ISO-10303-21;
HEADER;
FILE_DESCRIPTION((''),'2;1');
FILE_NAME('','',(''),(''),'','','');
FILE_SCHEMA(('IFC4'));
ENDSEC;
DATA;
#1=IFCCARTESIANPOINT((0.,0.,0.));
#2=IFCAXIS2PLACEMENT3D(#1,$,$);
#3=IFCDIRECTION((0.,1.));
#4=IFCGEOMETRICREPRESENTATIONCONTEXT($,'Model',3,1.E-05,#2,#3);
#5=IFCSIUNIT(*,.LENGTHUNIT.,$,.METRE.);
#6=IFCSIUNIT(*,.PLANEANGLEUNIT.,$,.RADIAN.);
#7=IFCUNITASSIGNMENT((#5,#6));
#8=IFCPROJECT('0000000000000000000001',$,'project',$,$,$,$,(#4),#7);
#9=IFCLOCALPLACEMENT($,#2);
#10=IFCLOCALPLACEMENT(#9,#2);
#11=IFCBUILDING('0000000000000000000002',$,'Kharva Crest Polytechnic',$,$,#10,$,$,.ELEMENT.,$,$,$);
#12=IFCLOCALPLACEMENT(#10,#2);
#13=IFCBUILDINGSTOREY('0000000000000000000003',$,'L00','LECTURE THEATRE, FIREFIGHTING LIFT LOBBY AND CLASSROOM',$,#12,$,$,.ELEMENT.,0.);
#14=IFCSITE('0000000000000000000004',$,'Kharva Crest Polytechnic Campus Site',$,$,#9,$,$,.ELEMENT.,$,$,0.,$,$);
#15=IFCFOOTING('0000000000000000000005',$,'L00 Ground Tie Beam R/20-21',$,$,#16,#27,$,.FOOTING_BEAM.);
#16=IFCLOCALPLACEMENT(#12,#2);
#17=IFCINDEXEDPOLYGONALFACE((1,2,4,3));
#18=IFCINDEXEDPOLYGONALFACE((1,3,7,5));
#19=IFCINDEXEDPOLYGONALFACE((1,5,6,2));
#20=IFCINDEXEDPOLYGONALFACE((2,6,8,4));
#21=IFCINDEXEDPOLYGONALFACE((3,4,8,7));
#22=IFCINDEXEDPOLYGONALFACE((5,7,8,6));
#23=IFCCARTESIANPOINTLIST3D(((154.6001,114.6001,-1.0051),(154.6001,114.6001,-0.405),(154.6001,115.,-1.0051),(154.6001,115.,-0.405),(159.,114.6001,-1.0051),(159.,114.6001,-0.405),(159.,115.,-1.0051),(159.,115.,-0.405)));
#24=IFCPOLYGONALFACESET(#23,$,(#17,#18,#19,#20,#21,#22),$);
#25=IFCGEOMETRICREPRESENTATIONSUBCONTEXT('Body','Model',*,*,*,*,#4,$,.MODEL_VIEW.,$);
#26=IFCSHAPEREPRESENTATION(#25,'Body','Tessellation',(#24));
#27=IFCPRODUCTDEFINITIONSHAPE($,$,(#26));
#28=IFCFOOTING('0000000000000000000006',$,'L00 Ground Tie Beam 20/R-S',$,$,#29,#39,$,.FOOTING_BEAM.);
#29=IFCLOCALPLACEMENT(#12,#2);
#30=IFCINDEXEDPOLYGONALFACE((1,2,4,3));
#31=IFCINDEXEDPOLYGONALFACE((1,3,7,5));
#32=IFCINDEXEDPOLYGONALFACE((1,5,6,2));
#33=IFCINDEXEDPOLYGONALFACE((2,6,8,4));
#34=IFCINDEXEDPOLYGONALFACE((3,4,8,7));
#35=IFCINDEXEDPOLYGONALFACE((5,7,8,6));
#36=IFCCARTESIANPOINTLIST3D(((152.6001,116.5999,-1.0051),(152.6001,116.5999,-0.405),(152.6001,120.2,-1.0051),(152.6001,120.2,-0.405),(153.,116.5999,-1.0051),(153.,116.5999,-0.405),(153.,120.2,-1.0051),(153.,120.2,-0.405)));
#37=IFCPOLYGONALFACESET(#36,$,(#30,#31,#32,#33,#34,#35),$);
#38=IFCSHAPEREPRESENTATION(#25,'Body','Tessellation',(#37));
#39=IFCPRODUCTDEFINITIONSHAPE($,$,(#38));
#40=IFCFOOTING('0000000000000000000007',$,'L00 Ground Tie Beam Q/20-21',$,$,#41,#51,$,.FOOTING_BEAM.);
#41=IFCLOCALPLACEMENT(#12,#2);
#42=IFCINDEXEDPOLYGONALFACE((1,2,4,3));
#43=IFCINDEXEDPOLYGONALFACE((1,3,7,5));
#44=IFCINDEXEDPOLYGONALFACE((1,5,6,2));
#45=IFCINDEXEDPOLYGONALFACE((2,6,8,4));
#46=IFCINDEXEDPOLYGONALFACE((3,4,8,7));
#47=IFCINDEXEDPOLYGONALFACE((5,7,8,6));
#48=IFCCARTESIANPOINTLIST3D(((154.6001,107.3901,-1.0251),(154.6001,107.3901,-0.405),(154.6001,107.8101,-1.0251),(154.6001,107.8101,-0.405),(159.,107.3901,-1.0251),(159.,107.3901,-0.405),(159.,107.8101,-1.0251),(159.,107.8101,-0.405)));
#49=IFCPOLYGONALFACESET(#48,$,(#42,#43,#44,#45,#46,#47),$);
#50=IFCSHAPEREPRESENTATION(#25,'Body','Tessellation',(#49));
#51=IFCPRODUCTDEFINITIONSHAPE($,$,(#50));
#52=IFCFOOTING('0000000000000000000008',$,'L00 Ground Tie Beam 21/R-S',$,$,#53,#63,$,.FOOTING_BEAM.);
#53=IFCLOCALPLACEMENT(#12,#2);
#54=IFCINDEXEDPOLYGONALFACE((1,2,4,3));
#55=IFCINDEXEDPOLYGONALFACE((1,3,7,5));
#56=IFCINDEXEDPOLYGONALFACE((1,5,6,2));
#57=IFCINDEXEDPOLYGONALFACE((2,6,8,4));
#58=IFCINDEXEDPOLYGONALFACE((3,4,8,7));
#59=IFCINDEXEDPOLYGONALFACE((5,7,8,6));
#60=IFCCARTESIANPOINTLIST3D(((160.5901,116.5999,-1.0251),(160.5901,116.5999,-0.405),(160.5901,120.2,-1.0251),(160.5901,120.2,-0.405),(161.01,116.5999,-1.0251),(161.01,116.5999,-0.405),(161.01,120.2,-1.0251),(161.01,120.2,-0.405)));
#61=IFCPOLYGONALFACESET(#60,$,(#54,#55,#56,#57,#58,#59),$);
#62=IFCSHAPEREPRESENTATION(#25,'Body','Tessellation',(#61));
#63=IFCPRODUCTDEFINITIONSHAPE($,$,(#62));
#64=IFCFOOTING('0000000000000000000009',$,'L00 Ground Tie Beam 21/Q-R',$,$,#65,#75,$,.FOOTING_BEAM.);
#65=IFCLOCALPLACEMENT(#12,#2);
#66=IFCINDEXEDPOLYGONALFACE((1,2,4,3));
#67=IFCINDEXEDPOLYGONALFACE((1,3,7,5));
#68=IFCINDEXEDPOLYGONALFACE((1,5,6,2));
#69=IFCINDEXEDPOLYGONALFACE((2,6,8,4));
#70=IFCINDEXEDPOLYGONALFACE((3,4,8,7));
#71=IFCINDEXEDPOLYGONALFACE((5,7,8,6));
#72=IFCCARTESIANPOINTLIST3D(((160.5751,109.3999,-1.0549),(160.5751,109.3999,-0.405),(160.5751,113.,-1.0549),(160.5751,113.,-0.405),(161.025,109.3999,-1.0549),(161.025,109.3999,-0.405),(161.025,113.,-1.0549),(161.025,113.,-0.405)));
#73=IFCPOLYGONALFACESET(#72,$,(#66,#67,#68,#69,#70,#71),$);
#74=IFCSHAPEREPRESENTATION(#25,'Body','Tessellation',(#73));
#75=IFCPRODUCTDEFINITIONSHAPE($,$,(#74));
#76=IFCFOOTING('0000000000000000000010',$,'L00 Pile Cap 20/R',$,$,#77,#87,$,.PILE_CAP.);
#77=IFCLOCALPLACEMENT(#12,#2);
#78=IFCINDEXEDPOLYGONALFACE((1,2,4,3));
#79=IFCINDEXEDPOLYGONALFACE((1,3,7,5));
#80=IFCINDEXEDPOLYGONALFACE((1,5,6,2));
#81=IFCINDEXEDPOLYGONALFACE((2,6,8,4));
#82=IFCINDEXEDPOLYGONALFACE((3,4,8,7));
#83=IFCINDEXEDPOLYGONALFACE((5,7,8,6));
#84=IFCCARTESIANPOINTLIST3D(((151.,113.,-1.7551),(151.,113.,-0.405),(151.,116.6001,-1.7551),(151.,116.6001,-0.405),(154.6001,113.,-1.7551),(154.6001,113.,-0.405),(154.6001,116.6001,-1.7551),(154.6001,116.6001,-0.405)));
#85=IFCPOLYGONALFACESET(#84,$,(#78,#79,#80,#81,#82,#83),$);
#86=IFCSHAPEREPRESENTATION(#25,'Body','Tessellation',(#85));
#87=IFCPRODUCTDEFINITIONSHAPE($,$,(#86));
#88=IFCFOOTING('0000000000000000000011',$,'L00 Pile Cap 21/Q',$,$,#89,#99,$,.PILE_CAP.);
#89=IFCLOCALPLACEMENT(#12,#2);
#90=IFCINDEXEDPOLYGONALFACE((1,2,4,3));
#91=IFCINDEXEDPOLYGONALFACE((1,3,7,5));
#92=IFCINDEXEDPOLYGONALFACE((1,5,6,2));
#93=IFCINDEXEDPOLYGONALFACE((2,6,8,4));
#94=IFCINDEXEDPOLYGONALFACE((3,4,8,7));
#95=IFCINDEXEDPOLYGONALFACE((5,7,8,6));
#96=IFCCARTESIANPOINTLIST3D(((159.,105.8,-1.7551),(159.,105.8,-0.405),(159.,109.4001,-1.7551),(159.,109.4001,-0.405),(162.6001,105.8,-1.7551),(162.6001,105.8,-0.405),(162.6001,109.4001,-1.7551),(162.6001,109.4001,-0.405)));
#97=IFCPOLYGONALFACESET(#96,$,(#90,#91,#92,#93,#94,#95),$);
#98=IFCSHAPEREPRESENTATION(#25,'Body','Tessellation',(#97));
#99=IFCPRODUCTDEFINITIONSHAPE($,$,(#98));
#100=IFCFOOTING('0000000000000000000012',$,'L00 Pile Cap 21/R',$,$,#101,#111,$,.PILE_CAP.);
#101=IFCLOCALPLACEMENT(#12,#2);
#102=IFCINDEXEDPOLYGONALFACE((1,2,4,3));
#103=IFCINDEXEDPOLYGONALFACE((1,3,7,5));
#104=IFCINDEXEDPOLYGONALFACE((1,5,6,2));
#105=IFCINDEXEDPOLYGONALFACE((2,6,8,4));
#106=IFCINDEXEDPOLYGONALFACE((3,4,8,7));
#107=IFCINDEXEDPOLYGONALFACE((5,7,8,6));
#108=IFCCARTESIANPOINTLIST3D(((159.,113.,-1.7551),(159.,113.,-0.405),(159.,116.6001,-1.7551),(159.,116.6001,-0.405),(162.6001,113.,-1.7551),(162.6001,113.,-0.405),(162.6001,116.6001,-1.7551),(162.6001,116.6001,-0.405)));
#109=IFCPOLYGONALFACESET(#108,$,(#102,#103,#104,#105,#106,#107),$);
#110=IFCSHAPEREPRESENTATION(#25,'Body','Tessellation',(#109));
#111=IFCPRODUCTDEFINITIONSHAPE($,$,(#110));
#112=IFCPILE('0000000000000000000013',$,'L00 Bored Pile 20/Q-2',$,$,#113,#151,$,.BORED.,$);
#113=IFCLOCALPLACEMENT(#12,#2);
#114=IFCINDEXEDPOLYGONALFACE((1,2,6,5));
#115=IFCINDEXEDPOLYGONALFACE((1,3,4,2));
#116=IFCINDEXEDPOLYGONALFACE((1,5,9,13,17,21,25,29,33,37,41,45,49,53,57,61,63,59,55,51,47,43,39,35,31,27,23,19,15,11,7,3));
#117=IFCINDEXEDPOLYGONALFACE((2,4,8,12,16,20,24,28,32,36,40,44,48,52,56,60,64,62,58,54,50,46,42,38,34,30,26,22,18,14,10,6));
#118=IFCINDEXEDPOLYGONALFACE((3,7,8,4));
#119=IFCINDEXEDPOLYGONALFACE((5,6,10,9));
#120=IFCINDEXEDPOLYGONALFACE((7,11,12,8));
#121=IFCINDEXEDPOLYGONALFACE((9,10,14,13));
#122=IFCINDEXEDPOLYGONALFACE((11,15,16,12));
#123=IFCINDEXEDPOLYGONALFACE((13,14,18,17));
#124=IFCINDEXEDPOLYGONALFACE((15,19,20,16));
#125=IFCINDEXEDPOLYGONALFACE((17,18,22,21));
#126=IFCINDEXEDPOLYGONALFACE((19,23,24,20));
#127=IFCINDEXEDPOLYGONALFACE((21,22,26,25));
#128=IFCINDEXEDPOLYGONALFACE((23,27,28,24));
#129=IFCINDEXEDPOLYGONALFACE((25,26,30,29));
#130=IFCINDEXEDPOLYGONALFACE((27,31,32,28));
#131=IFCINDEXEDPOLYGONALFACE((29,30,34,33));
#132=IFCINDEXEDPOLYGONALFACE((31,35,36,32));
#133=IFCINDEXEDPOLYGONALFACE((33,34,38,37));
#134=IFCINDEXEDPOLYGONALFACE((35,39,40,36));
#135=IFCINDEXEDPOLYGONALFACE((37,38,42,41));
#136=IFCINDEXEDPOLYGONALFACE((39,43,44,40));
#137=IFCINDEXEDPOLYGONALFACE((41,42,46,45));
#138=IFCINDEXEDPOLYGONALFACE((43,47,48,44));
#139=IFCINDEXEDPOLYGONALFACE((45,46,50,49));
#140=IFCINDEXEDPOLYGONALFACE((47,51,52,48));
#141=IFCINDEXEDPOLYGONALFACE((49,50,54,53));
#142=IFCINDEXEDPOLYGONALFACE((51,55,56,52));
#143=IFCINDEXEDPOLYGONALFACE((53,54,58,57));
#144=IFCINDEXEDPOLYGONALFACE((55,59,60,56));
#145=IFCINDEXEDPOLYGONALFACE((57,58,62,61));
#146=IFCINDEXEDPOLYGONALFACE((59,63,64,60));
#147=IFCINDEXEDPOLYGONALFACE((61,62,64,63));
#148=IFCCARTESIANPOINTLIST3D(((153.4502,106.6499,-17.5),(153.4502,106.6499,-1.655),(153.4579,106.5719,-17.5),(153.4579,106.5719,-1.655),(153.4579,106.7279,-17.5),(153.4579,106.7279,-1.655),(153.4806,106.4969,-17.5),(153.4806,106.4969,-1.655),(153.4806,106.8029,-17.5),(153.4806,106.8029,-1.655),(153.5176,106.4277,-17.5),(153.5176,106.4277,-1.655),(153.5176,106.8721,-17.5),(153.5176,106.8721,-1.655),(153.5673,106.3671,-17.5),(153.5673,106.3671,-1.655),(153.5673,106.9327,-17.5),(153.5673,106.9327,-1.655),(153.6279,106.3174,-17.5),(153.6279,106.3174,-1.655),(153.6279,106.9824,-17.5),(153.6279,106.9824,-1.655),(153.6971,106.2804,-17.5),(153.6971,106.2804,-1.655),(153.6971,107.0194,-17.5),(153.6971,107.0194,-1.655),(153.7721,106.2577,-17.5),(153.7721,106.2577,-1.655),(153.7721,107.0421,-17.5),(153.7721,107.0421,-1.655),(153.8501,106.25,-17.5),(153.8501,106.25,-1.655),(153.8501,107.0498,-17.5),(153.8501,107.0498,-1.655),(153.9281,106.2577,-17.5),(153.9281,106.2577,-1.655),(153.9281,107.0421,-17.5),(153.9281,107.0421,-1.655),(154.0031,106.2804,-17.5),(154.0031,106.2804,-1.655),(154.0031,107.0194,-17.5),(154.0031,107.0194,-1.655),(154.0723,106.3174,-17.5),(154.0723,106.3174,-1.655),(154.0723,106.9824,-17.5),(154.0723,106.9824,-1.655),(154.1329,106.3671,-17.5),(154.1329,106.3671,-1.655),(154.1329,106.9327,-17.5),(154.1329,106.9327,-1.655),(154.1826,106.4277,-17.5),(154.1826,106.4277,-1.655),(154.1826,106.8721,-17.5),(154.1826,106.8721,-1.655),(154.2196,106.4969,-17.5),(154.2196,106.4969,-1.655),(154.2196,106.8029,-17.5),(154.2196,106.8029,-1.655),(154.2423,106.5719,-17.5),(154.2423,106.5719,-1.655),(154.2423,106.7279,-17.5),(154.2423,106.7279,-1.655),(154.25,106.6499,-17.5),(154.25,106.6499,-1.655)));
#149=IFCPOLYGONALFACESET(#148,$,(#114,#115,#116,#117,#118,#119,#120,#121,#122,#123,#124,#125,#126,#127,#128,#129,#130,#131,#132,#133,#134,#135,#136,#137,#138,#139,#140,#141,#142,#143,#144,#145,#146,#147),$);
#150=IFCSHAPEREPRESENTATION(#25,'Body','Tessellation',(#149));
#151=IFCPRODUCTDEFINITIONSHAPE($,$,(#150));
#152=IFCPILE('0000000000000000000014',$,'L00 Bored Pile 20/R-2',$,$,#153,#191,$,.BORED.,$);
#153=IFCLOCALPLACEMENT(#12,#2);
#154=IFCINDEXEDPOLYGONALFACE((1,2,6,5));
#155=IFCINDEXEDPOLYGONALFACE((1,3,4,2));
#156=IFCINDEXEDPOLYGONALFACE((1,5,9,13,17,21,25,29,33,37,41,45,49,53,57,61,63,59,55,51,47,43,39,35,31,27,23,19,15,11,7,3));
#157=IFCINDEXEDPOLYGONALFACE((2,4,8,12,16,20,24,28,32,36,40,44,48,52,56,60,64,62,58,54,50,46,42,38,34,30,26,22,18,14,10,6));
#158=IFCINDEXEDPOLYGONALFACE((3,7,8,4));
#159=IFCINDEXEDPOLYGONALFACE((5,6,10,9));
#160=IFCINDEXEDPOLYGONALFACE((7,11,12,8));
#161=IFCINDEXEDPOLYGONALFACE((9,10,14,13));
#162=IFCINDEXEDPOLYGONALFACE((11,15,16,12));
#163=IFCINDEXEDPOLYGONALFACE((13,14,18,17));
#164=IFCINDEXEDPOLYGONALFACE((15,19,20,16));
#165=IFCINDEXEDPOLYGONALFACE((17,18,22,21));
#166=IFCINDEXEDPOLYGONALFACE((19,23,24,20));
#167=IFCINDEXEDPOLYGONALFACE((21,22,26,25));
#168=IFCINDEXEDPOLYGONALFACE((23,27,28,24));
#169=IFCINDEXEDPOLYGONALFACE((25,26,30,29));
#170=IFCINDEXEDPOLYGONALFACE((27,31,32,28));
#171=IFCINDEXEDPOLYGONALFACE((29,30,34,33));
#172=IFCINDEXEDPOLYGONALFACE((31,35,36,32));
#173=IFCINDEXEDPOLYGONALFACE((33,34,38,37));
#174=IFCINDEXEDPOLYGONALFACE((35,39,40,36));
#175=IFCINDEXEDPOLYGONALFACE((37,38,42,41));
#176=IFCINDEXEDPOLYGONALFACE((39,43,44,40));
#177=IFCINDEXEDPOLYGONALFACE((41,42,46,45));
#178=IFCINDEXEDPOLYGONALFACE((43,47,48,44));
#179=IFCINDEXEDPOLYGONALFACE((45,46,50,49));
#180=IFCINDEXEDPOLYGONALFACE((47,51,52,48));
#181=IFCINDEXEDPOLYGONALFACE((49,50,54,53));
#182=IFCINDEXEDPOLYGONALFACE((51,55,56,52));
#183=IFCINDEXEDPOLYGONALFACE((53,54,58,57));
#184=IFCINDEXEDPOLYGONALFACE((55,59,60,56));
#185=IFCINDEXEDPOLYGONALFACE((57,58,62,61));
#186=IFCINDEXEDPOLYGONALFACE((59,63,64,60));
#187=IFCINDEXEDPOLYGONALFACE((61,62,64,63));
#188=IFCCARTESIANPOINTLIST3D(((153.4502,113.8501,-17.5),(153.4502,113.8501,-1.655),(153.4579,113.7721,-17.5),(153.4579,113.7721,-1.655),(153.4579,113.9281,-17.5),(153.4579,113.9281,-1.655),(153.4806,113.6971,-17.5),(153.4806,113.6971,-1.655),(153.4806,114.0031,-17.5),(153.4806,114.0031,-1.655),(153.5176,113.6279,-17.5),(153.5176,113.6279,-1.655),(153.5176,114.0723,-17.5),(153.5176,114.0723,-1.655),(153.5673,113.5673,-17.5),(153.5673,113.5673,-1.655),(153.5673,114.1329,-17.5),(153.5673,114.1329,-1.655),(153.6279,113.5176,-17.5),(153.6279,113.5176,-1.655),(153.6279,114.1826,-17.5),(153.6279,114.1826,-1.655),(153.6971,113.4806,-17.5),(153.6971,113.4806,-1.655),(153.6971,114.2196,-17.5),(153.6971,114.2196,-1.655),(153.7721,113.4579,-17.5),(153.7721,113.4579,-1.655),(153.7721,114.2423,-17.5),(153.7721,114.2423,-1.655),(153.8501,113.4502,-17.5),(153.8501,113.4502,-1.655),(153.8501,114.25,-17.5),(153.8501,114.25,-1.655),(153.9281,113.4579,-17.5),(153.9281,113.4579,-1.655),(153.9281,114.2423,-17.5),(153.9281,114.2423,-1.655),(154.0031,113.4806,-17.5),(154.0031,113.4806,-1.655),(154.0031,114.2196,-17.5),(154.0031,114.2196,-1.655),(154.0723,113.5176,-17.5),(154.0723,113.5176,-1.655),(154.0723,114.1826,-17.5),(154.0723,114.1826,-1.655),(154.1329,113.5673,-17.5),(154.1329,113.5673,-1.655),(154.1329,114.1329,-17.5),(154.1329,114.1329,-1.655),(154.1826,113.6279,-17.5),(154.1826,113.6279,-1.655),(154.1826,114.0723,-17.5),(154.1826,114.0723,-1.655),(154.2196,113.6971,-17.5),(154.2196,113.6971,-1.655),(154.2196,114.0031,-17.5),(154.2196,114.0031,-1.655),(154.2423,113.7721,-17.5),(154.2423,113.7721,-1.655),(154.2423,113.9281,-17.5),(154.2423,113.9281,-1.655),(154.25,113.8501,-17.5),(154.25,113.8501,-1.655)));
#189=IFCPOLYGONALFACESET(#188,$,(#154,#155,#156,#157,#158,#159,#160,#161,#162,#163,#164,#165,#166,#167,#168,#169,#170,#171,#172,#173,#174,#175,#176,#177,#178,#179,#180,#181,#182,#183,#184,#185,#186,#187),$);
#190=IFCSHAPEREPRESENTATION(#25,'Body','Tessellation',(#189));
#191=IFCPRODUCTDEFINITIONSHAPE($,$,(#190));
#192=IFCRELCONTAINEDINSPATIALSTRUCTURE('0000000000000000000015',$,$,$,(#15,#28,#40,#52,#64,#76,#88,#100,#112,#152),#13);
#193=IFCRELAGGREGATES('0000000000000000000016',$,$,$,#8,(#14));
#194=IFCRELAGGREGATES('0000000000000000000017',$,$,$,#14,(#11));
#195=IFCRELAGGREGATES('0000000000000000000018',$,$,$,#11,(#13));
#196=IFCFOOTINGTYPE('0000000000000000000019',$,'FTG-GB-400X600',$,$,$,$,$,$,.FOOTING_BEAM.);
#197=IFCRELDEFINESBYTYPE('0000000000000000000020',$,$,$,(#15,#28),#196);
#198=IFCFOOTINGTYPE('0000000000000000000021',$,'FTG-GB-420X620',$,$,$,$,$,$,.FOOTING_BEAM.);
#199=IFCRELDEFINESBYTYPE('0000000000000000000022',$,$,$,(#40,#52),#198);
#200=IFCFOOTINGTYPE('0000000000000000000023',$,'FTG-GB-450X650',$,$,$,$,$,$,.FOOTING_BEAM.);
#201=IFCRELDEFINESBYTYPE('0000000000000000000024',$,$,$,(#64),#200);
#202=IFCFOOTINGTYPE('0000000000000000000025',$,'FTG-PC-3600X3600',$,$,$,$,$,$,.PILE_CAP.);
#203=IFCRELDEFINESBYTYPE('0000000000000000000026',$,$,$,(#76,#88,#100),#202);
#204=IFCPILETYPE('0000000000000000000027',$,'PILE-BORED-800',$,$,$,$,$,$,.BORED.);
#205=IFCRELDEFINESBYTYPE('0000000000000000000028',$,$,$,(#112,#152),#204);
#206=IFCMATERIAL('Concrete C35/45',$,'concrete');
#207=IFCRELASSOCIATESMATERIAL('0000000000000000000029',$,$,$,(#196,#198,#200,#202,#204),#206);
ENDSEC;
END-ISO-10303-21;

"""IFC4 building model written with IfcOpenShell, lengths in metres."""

from ifc_helpers import new_model, si_unit, direction, frame, origin, origin_2d, place, context, subcontext, project, spatial, rectangle, circle, extrude, material, material_profile, profile_set, type_object, element, save


model = new_model("IFC4")

# Units and contexts
model_context = context("Model", 3, precision=1e-05, world=origin(), true_north=direction((0.0, 1.0)))
body_context = subcontext(model_context, "Body", "Model", "MODEL_VIEW")
ifc_project = project(units=[si_unit("LENGTHUNIT", "METRE"), si_unit("PLANEANGLEUNIT", "RADIAN")], contexts=[model_context])

# Site, building, storey
site_placement = place(None, origin())
site = spatial("IfcSite", under=ifc_project, at=site_placement, Name="Kharva Crest Polytechnic Campus Site", CompositionType="ELEMENT", RefElevation=0.0)
building_placement = place(site_placement, origin())
building = spatial("IfcBuilding", under=site, at=building_placement, Name="Kharva Crest Polytechnic", CompositionType="ELEMENT")
storey_placement = place(building_placement, origin())
storey = spatial("IfcBuildingStorey", under=building, at=storey_placement, Name="L00", Description="LECTURE THEATRE, FIREFIGHTING LIFT LOBBY AND CLASSROOM", CompositionType="ELEMENT", Elevation=0.0)

# Footings
ifc_material_1 = material(Name="Concrete C35/45", Category="concrete")
footing_type_1 = type_object("IfcFootingType", Name="FTG-GB-400X600", PredefinedType="FOOTING_BEAM", material=ifc_material_1)
footing_1_placement = place(storey_placement, frame((156.8, 114.8, -1.0051), z_axis=(0.0, 0.0, 1.0), x_axis=(1.0, 0.0, 0.0)))
element("IfcFooting", 1, at=footing_1_placement, inside=storey, type_object=footing_type_1, Name="L00 Ground Tie Beam R/20-21", PredefinedType="FOOTING_BEAM", context=body_context, shape_type="SweptSolid", body=[
    extrude(rectangle(XDim=4.3999, YDim=0.3999, at=origin_2d()), origin(), (0.0, 0.0, 1.0), 0.6001),
])
footing_2_placement = place(storey_placement, frame((152.8, 118.3999, -1.0051), z_axis=(0.0, 0.0, 1.0), x_axis=(0.0, 1.0, 0.0)))
element("IfcFooting", 2, at=footing_2_placement, inside=storey, type_object=footing_type_1, Name="L00 Ground Tie Beam 20/R-S", PredefinedType="FOOTING_BEAM", context=body_context, shape_type="SweptSolid", body=[
    extrude(rectangle(XDim=3.6001, YDim=0.3999, at=origin_2d()), origin(), (0.0, 0.0, 1.0), 0.6001),
])
footing_type_2 = type_object("IfcFootingType", Name="FTG-GB-420X620", PredefinedType="FOOTING_BEAM", material=ifc_material_1)
footing_3_placement = place(storey_placement, frame((156.8, 107.6001, -1.0251), z_axis=(0.0, 0.0, 1.0), x_axis=(1.0, 0.0, 0.0)))
element("IfcFooting", 3, at=footing_3_placement, inside=storey, type_object=footing_type_2, Name="L00 Ground Tie Beam Q/20-21", PredefinedType="FOOTING_BEAM", context=body_context, shape_type="SweptSolid", body=[
    extrude(rectangle(XDim=4.3999, YDim=0.4199, at=origin_2d()), origin(), (0.0, 0.0, 1.0), 0.6201),
])
footing_4_placement = place(storey_placement, frame((160.8, 118.3999, -1.0251), z_axis=(0.0, 0.0, 1.0), x_axis=(0.0, 1.0, 0.0)))
element("IfcFooting", 4, at=footing_4_placement, inside=storey, type_object=footing_type_2, Name="L00 Ground Tie Beam 21/R-S", PredefinedType="FOOTING_BEAM", context=body_context, shape_type="SweptSolid", body=[
    extrude(rectangle(XDim=3.6001, YDim=0.4199, at=origin_2d()), origin(), (0.0, 0.0, 1.0), 0.6201),
])
footing_type_3 = type_object("IfcFootingType", Name="FTG-GB-450X650", PredefinedType="FOOTING_BEAM", material=ifc_material_1)
footing_5_placement = place(storey_placement, frame((160.8, 111.2, -1.0549), z_axis=(0.0, 0.0, 1.0), x_axis=(0.0, 1.0, 0.0)))
element("IfcFooting", 5, at=footing_5_placement, inside=storey, type_object=footing_type_3, Name="L00 Ground Tie Beam 21/Q-R", PredefinedType="FOOTING_BEAM", context=body_context, shape_type="SweptSolid", body=[
    extrude(rectangle(XDim=3.6001, YDim=0.45, at=origin_2d()), origin(), (0.0, 0.0, 1.0), 0.6499),
])
footing_type_4 = type_object("IfcFootingType", Name="FTG-PC-3600X3600", PredefinedType="PILE_CAP", material=ifc_material_1)
for number, where, z_axis, x_axis, name in (
    (6, (152.8, 114.8, -1.7551), (0.0, 0.0, 1.0), (1.0, 0.0, 0.0), "L00 Pile Cap 20/R"),
    (7, (160.8, 107.6001, -1.7551), (0.0, 0.0, 1.0), (1.0, 0.0, 0.0), "L00 Pile Cap 21/Q"),
    (8, (160.8, 114.8, -1.7551), (0.0, 0.0, 1.0), (1.0, 0.0, 0.0), "L00 Pile Cap 21/R"),
):
    element("IfcFooting", number, at=place(storey_placement, frame(where, z_axis=z_axis, x_axis=x_axis)), inside=storey, type_object=footing_type_4, Name=name, PredefinedType="PILE_CAP", context=body_context, shape_type="SweptSolid", body=[
        extrude(rectangle(XDim=3.6001, YDim=3.6001, at=origin_2d()), origin(), (0.0, 0.0, 1.0), 1.3501),
    ])

# Piles
ifc_material_profile_1 = material_profile(ifc_material_1, circle(Radius=0.3999, at=origin_2d()), Name="DIA 800")
ifc_profile_set_1 = profile_set([ifc_material_profile_1], Name="Concrete C35/45")
pile_type = type_object("IfcPileType", Name="PILE-BORED-800", PredefinedType="BORED", material=ifc_profile_set_1)
for number, where, z_axis, x_axis, name in (
    (9, (153.8501, 106.6499, -1.655), (0.0, 0.0, -1.0), (1.0, 0.0, 0.0), "L00 Bored Pile 20/Q-2"),
    (10, (153.8501, 113.8501, -1.655), (0.0, 0.0, -1.0), (1.0, 0.0, 0.0), "L00 Bored Pile 20/R-2"),
):
    element("IfcPile", number, at=place(storey_placement, frame(where, z_axis=z_axis, x_axis=x_axis)), inside=storey, type_object=pile_type, Name=name, PredefinedType="BORED", context=body_context, shape_type="SweptSolid", body=[
        extrude(circle(Radius=0.3999, at=origin_2d()), origin(), (0.0, 0.0, 1.0), 15.845),
    ])

save(model, "model.ifc")
